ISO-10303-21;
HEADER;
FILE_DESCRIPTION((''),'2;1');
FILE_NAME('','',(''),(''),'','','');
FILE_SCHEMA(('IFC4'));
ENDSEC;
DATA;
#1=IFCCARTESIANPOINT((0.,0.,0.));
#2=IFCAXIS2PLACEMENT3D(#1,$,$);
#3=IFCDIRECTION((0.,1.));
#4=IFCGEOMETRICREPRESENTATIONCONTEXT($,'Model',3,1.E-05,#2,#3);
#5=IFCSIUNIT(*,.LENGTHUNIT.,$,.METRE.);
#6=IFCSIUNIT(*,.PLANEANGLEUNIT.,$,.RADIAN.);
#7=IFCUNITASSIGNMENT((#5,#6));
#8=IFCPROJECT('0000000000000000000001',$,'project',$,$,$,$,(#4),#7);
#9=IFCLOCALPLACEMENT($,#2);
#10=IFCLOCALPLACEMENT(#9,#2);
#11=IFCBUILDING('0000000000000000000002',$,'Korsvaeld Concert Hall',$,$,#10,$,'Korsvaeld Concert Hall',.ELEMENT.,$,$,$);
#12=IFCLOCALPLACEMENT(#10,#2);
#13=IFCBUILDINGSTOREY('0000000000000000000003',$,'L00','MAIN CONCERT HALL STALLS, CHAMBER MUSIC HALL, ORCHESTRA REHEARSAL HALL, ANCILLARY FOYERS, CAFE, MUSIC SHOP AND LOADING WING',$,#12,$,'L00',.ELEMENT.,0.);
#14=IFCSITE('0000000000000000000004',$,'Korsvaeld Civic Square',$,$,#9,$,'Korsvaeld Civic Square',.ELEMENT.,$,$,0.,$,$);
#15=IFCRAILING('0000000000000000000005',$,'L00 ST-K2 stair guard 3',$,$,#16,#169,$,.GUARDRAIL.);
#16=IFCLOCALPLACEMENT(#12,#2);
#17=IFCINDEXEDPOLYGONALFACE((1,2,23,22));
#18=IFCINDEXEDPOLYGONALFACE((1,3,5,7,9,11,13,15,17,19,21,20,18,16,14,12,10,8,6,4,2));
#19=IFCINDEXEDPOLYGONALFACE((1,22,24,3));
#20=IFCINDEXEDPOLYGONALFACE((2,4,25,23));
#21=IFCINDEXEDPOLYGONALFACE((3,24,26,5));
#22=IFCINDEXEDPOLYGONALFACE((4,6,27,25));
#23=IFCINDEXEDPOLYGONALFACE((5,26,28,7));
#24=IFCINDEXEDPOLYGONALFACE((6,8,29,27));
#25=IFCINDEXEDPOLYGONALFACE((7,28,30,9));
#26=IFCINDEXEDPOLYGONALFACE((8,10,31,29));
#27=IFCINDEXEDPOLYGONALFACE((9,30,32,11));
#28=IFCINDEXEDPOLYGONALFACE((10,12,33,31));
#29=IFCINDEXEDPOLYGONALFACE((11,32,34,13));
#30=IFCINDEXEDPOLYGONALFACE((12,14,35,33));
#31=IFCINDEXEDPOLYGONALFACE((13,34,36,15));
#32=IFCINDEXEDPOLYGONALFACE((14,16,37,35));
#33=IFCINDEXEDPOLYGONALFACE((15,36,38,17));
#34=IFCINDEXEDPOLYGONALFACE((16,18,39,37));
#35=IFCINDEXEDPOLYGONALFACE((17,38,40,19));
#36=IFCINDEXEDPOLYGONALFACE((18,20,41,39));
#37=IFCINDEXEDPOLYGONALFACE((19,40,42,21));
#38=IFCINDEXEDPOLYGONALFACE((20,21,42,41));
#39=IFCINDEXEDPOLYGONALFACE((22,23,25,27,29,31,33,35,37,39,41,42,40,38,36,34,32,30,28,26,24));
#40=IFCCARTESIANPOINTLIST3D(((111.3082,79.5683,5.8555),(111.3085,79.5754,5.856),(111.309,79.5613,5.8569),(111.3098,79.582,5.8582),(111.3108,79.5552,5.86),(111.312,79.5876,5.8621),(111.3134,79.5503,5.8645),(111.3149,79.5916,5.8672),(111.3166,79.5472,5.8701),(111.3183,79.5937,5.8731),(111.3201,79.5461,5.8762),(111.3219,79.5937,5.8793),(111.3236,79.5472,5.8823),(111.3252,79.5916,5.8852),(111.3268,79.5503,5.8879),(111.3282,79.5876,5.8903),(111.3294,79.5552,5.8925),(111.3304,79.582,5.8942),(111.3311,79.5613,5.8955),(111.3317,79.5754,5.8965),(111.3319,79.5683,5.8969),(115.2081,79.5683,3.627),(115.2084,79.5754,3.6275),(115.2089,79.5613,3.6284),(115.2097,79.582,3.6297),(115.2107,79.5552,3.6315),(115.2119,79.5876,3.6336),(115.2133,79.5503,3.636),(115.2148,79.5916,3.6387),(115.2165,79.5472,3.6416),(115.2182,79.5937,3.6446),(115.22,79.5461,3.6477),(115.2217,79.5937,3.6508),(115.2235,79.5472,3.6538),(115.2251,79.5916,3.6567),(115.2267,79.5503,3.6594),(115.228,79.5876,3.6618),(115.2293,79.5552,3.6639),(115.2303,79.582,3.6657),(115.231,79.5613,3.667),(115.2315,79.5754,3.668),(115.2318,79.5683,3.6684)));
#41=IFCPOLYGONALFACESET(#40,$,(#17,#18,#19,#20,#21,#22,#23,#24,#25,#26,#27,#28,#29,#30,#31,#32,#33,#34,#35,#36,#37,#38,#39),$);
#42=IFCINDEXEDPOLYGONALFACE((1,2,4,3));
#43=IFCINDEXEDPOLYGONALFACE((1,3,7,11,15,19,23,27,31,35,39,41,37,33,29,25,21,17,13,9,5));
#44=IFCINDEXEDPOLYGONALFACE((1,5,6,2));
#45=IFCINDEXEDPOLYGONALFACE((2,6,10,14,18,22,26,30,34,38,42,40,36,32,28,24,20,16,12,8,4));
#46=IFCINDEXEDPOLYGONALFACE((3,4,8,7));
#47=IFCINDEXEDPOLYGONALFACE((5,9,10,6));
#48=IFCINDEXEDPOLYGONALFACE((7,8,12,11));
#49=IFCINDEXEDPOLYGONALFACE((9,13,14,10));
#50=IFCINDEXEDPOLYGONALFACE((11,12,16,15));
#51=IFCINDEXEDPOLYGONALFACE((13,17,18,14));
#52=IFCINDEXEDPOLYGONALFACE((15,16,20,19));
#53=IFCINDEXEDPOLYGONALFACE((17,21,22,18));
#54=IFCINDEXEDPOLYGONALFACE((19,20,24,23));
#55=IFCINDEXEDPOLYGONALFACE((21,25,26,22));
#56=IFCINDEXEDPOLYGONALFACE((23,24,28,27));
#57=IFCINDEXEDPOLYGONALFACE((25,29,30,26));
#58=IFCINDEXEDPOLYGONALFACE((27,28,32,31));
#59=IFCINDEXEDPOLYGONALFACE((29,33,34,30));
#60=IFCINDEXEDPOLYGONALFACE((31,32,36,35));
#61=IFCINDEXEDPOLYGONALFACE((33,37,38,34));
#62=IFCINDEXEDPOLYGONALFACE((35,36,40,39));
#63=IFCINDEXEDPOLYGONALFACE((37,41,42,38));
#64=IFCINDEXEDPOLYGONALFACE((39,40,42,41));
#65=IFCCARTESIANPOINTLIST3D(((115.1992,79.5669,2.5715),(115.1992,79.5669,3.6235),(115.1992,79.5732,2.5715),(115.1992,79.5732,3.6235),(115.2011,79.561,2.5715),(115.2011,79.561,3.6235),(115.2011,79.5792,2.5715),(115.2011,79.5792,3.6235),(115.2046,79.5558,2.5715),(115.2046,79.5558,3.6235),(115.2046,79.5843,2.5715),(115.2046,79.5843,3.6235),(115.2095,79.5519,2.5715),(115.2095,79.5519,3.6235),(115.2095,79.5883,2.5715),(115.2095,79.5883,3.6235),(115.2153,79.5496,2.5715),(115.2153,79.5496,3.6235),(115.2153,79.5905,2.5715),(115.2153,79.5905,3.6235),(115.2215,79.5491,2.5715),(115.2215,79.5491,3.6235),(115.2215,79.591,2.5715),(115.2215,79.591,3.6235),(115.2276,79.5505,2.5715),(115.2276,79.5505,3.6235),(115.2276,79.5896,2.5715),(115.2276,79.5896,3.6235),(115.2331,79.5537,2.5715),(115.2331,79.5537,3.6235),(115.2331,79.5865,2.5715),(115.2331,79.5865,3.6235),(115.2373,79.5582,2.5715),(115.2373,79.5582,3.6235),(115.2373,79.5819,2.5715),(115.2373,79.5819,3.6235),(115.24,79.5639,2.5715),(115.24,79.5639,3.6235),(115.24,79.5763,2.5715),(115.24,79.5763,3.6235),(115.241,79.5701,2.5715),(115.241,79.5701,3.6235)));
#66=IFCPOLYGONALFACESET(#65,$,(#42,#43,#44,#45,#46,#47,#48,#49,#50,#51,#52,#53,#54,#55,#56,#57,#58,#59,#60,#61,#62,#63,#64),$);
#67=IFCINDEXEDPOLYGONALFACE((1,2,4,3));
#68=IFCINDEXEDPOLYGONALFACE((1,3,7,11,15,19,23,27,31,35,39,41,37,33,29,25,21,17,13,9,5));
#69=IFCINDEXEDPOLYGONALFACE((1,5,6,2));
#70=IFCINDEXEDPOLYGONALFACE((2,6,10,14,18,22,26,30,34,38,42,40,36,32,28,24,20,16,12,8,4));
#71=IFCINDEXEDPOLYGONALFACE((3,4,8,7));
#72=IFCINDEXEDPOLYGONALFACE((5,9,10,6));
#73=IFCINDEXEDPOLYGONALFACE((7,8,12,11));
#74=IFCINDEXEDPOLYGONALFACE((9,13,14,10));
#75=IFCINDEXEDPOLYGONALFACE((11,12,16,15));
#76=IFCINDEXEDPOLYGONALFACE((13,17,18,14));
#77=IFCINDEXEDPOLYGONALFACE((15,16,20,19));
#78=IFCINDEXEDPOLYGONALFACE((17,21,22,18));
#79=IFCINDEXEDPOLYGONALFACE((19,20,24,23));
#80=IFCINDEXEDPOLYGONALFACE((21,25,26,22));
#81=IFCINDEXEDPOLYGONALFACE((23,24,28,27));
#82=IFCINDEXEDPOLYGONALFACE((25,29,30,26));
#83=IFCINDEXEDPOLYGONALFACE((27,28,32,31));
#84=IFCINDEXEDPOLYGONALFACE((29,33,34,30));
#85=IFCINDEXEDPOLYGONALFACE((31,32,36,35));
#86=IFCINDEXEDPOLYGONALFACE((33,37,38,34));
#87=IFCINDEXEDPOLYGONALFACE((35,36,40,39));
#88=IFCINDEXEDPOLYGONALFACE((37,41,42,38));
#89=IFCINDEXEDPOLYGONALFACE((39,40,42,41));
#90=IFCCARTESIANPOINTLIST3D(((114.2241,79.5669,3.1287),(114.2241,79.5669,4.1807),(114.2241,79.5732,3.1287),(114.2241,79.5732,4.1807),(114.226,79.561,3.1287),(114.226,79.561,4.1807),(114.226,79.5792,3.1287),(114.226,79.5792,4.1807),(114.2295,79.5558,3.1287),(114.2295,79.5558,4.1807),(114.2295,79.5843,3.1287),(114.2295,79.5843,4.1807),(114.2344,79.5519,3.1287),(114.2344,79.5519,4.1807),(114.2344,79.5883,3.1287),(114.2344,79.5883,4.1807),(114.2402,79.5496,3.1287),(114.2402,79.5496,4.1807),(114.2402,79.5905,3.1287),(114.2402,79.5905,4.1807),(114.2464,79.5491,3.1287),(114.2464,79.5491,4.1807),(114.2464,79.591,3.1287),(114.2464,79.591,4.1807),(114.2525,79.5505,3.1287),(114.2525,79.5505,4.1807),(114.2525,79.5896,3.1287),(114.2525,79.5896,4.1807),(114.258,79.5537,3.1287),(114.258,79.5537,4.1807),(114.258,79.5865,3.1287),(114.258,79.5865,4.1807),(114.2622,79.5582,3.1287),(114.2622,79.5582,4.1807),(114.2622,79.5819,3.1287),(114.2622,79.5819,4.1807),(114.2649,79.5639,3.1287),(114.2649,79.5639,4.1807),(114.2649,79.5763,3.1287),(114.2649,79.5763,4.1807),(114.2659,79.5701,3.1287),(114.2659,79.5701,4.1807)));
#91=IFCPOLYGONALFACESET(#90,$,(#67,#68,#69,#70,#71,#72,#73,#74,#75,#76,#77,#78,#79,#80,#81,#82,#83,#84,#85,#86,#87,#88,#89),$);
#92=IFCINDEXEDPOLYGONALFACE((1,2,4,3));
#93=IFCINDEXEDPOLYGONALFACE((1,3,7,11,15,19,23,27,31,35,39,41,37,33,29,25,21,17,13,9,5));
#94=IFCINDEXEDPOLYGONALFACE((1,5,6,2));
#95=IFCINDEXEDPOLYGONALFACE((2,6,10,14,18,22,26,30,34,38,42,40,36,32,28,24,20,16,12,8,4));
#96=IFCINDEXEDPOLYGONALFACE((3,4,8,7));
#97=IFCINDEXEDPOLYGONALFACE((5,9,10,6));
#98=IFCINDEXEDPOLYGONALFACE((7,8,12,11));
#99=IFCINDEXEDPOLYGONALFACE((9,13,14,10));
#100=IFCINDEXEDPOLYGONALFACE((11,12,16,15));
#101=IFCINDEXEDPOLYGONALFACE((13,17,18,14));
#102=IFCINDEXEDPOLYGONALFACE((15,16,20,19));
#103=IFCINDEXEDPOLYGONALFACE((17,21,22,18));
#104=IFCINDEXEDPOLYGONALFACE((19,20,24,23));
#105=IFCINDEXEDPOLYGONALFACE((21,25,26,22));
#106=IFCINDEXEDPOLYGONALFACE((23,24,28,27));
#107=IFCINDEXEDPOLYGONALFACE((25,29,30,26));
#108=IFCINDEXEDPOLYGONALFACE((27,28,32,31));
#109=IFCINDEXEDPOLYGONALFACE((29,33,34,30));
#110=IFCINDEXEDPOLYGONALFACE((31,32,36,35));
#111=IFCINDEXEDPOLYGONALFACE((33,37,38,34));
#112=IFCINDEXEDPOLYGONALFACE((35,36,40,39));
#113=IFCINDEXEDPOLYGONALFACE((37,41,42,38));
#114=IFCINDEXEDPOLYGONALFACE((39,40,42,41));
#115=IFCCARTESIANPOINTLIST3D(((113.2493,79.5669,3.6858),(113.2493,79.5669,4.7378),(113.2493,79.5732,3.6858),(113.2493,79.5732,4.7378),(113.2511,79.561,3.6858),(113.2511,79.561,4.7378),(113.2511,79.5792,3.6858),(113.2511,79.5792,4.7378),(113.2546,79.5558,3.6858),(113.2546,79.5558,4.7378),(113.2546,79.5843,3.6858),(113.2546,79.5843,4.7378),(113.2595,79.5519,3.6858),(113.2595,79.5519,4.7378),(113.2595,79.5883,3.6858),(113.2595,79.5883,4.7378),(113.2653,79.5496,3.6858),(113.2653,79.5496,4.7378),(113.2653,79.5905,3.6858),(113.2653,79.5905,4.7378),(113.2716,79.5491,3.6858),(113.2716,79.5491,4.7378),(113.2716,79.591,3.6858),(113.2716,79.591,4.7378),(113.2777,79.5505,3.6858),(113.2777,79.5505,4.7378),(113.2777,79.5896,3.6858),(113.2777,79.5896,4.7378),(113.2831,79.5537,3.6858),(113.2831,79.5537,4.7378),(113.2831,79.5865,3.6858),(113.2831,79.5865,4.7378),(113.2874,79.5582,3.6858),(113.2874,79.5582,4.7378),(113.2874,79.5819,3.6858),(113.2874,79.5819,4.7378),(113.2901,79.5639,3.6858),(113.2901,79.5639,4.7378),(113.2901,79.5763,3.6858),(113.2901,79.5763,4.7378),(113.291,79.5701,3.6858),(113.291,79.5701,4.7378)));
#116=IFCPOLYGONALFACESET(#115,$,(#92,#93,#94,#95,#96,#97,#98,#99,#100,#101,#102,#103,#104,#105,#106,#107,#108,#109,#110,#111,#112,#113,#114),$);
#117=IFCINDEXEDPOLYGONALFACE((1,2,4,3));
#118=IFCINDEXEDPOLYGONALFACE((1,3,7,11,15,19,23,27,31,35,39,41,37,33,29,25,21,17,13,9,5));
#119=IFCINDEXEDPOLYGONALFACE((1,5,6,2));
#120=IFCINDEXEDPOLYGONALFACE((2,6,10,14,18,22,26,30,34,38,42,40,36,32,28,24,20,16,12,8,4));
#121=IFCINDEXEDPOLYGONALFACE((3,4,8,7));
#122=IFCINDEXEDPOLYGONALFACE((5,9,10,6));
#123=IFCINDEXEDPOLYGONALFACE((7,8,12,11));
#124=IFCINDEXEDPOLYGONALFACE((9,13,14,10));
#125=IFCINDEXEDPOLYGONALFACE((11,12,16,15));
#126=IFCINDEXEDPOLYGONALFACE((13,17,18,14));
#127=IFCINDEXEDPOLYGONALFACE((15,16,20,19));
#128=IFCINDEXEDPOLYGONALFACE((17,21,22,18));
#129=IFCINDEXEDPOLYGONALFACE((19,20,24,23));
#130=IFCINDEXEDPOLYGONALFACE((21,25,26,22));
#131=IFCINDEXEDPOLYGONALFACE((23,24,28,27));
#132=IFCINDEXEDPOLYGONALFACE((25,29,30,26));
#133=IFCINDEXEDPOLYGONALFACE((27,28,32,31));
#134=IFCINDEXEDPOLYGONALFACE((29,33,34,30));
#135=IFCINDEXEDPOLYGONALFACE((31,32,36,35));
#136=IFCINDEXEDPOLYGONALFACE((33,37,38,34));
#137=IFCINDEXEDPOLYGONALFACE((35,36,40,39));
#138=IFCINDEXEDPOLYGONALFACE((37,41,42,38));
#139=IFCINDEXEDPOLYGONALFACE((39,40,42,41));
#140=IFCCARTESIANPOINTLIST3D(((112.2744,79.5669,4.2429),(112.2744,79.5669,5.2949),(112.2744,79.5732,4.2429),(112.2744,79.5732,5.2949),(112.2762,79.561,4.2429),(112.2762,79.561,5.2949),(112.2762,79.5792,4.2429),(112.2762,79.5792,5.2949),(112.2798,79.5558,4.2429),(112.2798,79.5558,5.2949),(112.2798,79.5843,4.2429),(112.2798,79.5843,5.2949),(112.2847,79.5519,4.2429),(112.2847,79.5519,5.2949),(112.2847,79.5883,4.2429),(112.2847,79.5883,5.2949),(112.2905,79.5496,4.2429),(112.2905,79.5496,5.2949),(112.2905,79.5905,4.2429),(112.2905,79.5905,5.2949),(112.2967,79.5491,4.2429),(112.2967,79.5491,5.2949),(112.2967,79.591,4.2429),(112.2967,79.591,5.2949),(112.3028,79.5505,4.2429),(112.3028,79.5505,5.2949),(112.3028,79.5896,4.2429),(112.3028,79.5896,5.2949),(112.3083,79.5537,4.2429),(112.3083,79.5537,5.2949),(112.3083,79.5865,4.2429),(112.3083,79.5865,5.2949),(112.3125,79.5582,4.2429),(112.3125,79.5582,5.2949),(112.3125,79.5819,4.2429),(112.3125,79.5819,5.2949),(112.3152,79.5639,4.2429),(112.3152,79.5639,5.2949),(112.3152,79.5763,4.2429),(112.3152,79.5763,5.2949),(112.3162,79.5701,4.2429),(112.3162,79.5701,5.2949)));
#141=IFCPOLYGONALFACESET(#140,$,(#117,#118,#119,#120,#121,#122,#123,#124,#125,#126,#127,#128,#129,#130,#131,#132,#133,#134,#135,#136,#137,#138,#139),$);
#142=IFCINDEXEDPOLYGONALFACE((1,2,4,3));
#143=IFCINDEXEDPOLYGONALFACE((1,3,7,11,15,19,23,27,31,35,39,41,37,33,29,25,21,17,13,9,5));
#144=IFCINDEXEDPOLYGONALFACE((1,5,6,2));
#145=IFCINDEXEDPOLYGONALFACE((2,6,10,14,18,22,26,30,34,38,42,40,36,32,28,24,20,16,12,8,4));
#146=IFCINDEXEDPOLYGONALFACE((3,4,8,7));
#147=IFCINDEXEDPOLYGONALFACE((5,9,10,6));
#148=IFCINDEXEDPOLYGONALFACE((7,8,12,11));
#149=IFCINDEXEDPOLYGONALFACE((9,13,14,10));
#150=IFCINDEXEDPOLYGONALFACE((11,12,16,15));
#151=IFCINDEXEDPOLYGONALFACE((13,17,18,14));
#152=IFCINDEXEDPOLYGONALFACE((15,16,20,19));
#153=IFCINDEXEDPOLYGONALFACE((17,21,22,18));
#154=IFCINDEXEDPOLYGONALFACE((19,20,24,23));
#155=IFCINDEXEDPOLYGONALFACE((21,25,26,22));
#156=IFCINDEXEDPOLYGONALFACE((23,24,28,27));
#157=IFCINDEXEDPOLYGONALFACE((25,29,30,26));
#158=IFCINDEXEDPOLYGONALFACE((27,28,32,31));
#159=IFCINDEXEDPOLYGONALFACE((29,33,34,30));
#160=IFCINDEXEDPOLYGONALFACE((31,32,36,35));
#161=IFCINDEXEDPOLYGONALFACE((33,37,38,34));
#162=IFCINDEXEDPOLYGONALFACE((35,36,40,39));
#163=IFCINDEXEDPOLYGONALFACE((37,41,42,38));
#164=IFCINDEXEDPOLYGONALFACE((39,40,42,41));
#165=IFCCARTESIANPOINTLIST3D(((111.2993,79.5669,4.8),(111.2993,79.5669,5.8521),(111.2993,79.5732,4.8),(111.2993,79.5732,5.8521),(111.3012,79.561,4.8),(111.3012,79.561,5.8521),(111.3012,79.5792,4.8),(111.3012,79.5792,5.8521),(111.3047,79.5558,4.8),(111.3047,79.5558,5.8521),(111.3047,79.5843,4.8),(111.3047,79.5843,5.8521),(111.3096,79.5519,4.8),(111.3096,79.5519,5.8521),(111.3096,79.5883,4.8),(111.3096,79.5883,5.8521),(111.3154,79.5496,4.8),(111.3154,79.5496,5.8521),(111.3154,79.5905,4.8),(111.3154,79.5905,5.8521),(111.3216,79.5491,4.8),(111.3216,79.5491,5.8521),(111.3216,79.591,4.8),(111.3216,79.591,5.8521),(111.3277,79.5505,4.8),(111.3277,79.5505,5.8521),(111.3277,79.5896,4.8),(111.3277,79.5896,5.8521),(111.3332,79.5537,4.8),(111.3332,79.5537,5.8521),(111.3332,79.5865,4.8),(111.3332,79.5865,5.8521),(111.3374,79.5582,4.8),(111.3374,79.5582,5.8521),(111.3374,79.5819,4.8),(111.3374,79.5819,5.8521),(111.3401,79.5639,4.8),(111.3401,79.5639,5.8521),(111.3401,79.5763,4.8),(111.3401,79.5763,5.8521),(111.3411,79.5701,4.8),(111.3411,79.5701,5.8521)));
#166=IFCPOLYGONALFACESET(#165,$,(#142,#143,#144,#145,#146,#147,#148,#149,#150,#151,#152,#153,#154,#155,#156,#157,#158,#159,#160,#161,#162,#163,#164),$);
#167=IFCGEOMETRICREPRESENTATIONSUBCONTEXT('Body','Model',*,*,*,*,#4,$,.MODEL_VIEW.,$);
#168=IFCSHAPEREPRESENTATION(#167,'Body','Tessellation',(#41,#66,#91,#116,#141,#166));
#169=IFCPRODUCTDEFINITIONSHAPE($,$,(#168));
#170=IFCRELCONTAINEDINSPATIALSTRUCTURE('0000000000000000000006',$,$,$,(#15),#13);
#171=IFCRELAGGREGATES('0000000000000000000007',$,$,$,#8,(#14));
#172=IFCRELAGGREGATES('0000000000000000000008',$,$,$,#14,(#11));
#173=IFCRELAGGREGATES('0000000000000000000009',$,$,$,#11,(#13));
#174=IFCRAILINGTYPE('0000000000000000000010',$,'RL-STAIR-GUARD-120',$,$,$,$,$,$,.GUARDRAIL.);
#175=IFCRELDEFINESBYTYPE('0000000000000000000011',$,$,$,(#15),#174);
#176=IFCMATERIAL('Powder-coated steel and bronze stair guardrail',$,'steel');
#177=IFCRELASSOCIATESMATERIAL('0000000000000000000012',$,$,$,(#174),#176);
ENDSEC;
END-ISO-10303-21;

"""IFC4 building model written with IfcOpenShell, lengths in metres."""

from ifc_helpers import new_model, si_unit, direction, frame, origin, origin_2d, place, context, subcontext, project, spatial, circle, extrude, material, type_object, element, save


model = new_model("IFC4")

# Units and contexts
model_context = context("Model", 3, precision=1e-05, world=origin(), true_north=direction((0.0, 1.0)))
body_context = subcontext(model_context, "Body", "Model", "MODEL_VIEW")
ifc_project = project(units=[si_unit("LENGTHUNIT", "METRE"), si_unit("PLANEANGLEUNIT", "RADIAN")], contexts=[model_context])

# Site, building, storey
site_placement = place(None, origin())
site = spatial("IfcSite", under=ifc_project, at=site_placement, Name="Korsvaeld Civic Square", LongName="Korsvaeld Civic Square", CompositionType="ELEMENT", RefElevation=0.0)
building_placement = place(site_placement, origin())
building = spatial("IfcBuilding", under=site, at=building_placement, Name="Korsvaeld Concert Hall", LongName="Korsvaeld Concert Hall", CompositionType="ELEMENT")
storey_placement = place(building_placement, origin())
storey = spatial("IfcBuildingStorey", under=building, at=storey_placement, Name="L00", Description="MAIN CONCERT HALL STALLS, CHAMBER MUSIC HALL, ORCHESTRA REHEARSAL HALL, ANCILLARY FOYERS, CAFE, MUSIC SHOP AND LOADING WING", LongName="L00", CompositionType="ELEMENT", Elevation=0.0)

# Railing
ifc_material_1 = material(Name="Powder-coated steel and bronze stair guardrail", Category="steel")
railing_type_1 = type_object("IfcRailingType", Name="RL-STAIR-GUARD-120", PredefinedType="GUARDRAIL", material=ifc_material_1)
railing_1_placement = place(storey_placement, frame((115.22, 79.5701, 2.5715)))
element("IfcRailing", 1, at=railing_1_placement, inside=storey, type_object=railing_type_1, Name="L00 ST-K2 stair guard 3", PredefinedType="GUARDRAIL", context=body_context, shape_type="SweptSolid", body=[
    extrude(circle(Radius=0.0239, at=origin_2d()), frame((0.0, 0.0, 1.0762), z_axis=(-0.868243, 0.0, 0.496139), x_axis=(0.0, -1.0, 0.0)), (0.0, 0.0, 1.0), 4.4917),
    extrude(circle(Radius=0.021, at=origin_2d()), origin(), (0.0, 0.0, 1.0), 1.052),
    extrude(circle(Radius=0.021, at=origin_2d()), frame((-0.9751, 0.0, 0.5571)), (0.0, 0.0, 1.0), 1.052),
    extrude(circle(Radius=0.021, at=origin_2d()), frame((-1.95, 0.0, 1.1143)), (0.0, 0.0, 1.0), 1.052),
    extrude(circle(Radius=0.021, at=origin_2d()), frame((-2.9248, 0.0, 1.6714)), (0.0, 0.0, 1.0), 1.052),
    extrude(circle(Radius=0.021, at=origin_2d()), frame((-3.8999, 0.0, 2.2285)), (0.0, 0.0, 1.0), 1.052),
])

save(model, "model.ifc")
